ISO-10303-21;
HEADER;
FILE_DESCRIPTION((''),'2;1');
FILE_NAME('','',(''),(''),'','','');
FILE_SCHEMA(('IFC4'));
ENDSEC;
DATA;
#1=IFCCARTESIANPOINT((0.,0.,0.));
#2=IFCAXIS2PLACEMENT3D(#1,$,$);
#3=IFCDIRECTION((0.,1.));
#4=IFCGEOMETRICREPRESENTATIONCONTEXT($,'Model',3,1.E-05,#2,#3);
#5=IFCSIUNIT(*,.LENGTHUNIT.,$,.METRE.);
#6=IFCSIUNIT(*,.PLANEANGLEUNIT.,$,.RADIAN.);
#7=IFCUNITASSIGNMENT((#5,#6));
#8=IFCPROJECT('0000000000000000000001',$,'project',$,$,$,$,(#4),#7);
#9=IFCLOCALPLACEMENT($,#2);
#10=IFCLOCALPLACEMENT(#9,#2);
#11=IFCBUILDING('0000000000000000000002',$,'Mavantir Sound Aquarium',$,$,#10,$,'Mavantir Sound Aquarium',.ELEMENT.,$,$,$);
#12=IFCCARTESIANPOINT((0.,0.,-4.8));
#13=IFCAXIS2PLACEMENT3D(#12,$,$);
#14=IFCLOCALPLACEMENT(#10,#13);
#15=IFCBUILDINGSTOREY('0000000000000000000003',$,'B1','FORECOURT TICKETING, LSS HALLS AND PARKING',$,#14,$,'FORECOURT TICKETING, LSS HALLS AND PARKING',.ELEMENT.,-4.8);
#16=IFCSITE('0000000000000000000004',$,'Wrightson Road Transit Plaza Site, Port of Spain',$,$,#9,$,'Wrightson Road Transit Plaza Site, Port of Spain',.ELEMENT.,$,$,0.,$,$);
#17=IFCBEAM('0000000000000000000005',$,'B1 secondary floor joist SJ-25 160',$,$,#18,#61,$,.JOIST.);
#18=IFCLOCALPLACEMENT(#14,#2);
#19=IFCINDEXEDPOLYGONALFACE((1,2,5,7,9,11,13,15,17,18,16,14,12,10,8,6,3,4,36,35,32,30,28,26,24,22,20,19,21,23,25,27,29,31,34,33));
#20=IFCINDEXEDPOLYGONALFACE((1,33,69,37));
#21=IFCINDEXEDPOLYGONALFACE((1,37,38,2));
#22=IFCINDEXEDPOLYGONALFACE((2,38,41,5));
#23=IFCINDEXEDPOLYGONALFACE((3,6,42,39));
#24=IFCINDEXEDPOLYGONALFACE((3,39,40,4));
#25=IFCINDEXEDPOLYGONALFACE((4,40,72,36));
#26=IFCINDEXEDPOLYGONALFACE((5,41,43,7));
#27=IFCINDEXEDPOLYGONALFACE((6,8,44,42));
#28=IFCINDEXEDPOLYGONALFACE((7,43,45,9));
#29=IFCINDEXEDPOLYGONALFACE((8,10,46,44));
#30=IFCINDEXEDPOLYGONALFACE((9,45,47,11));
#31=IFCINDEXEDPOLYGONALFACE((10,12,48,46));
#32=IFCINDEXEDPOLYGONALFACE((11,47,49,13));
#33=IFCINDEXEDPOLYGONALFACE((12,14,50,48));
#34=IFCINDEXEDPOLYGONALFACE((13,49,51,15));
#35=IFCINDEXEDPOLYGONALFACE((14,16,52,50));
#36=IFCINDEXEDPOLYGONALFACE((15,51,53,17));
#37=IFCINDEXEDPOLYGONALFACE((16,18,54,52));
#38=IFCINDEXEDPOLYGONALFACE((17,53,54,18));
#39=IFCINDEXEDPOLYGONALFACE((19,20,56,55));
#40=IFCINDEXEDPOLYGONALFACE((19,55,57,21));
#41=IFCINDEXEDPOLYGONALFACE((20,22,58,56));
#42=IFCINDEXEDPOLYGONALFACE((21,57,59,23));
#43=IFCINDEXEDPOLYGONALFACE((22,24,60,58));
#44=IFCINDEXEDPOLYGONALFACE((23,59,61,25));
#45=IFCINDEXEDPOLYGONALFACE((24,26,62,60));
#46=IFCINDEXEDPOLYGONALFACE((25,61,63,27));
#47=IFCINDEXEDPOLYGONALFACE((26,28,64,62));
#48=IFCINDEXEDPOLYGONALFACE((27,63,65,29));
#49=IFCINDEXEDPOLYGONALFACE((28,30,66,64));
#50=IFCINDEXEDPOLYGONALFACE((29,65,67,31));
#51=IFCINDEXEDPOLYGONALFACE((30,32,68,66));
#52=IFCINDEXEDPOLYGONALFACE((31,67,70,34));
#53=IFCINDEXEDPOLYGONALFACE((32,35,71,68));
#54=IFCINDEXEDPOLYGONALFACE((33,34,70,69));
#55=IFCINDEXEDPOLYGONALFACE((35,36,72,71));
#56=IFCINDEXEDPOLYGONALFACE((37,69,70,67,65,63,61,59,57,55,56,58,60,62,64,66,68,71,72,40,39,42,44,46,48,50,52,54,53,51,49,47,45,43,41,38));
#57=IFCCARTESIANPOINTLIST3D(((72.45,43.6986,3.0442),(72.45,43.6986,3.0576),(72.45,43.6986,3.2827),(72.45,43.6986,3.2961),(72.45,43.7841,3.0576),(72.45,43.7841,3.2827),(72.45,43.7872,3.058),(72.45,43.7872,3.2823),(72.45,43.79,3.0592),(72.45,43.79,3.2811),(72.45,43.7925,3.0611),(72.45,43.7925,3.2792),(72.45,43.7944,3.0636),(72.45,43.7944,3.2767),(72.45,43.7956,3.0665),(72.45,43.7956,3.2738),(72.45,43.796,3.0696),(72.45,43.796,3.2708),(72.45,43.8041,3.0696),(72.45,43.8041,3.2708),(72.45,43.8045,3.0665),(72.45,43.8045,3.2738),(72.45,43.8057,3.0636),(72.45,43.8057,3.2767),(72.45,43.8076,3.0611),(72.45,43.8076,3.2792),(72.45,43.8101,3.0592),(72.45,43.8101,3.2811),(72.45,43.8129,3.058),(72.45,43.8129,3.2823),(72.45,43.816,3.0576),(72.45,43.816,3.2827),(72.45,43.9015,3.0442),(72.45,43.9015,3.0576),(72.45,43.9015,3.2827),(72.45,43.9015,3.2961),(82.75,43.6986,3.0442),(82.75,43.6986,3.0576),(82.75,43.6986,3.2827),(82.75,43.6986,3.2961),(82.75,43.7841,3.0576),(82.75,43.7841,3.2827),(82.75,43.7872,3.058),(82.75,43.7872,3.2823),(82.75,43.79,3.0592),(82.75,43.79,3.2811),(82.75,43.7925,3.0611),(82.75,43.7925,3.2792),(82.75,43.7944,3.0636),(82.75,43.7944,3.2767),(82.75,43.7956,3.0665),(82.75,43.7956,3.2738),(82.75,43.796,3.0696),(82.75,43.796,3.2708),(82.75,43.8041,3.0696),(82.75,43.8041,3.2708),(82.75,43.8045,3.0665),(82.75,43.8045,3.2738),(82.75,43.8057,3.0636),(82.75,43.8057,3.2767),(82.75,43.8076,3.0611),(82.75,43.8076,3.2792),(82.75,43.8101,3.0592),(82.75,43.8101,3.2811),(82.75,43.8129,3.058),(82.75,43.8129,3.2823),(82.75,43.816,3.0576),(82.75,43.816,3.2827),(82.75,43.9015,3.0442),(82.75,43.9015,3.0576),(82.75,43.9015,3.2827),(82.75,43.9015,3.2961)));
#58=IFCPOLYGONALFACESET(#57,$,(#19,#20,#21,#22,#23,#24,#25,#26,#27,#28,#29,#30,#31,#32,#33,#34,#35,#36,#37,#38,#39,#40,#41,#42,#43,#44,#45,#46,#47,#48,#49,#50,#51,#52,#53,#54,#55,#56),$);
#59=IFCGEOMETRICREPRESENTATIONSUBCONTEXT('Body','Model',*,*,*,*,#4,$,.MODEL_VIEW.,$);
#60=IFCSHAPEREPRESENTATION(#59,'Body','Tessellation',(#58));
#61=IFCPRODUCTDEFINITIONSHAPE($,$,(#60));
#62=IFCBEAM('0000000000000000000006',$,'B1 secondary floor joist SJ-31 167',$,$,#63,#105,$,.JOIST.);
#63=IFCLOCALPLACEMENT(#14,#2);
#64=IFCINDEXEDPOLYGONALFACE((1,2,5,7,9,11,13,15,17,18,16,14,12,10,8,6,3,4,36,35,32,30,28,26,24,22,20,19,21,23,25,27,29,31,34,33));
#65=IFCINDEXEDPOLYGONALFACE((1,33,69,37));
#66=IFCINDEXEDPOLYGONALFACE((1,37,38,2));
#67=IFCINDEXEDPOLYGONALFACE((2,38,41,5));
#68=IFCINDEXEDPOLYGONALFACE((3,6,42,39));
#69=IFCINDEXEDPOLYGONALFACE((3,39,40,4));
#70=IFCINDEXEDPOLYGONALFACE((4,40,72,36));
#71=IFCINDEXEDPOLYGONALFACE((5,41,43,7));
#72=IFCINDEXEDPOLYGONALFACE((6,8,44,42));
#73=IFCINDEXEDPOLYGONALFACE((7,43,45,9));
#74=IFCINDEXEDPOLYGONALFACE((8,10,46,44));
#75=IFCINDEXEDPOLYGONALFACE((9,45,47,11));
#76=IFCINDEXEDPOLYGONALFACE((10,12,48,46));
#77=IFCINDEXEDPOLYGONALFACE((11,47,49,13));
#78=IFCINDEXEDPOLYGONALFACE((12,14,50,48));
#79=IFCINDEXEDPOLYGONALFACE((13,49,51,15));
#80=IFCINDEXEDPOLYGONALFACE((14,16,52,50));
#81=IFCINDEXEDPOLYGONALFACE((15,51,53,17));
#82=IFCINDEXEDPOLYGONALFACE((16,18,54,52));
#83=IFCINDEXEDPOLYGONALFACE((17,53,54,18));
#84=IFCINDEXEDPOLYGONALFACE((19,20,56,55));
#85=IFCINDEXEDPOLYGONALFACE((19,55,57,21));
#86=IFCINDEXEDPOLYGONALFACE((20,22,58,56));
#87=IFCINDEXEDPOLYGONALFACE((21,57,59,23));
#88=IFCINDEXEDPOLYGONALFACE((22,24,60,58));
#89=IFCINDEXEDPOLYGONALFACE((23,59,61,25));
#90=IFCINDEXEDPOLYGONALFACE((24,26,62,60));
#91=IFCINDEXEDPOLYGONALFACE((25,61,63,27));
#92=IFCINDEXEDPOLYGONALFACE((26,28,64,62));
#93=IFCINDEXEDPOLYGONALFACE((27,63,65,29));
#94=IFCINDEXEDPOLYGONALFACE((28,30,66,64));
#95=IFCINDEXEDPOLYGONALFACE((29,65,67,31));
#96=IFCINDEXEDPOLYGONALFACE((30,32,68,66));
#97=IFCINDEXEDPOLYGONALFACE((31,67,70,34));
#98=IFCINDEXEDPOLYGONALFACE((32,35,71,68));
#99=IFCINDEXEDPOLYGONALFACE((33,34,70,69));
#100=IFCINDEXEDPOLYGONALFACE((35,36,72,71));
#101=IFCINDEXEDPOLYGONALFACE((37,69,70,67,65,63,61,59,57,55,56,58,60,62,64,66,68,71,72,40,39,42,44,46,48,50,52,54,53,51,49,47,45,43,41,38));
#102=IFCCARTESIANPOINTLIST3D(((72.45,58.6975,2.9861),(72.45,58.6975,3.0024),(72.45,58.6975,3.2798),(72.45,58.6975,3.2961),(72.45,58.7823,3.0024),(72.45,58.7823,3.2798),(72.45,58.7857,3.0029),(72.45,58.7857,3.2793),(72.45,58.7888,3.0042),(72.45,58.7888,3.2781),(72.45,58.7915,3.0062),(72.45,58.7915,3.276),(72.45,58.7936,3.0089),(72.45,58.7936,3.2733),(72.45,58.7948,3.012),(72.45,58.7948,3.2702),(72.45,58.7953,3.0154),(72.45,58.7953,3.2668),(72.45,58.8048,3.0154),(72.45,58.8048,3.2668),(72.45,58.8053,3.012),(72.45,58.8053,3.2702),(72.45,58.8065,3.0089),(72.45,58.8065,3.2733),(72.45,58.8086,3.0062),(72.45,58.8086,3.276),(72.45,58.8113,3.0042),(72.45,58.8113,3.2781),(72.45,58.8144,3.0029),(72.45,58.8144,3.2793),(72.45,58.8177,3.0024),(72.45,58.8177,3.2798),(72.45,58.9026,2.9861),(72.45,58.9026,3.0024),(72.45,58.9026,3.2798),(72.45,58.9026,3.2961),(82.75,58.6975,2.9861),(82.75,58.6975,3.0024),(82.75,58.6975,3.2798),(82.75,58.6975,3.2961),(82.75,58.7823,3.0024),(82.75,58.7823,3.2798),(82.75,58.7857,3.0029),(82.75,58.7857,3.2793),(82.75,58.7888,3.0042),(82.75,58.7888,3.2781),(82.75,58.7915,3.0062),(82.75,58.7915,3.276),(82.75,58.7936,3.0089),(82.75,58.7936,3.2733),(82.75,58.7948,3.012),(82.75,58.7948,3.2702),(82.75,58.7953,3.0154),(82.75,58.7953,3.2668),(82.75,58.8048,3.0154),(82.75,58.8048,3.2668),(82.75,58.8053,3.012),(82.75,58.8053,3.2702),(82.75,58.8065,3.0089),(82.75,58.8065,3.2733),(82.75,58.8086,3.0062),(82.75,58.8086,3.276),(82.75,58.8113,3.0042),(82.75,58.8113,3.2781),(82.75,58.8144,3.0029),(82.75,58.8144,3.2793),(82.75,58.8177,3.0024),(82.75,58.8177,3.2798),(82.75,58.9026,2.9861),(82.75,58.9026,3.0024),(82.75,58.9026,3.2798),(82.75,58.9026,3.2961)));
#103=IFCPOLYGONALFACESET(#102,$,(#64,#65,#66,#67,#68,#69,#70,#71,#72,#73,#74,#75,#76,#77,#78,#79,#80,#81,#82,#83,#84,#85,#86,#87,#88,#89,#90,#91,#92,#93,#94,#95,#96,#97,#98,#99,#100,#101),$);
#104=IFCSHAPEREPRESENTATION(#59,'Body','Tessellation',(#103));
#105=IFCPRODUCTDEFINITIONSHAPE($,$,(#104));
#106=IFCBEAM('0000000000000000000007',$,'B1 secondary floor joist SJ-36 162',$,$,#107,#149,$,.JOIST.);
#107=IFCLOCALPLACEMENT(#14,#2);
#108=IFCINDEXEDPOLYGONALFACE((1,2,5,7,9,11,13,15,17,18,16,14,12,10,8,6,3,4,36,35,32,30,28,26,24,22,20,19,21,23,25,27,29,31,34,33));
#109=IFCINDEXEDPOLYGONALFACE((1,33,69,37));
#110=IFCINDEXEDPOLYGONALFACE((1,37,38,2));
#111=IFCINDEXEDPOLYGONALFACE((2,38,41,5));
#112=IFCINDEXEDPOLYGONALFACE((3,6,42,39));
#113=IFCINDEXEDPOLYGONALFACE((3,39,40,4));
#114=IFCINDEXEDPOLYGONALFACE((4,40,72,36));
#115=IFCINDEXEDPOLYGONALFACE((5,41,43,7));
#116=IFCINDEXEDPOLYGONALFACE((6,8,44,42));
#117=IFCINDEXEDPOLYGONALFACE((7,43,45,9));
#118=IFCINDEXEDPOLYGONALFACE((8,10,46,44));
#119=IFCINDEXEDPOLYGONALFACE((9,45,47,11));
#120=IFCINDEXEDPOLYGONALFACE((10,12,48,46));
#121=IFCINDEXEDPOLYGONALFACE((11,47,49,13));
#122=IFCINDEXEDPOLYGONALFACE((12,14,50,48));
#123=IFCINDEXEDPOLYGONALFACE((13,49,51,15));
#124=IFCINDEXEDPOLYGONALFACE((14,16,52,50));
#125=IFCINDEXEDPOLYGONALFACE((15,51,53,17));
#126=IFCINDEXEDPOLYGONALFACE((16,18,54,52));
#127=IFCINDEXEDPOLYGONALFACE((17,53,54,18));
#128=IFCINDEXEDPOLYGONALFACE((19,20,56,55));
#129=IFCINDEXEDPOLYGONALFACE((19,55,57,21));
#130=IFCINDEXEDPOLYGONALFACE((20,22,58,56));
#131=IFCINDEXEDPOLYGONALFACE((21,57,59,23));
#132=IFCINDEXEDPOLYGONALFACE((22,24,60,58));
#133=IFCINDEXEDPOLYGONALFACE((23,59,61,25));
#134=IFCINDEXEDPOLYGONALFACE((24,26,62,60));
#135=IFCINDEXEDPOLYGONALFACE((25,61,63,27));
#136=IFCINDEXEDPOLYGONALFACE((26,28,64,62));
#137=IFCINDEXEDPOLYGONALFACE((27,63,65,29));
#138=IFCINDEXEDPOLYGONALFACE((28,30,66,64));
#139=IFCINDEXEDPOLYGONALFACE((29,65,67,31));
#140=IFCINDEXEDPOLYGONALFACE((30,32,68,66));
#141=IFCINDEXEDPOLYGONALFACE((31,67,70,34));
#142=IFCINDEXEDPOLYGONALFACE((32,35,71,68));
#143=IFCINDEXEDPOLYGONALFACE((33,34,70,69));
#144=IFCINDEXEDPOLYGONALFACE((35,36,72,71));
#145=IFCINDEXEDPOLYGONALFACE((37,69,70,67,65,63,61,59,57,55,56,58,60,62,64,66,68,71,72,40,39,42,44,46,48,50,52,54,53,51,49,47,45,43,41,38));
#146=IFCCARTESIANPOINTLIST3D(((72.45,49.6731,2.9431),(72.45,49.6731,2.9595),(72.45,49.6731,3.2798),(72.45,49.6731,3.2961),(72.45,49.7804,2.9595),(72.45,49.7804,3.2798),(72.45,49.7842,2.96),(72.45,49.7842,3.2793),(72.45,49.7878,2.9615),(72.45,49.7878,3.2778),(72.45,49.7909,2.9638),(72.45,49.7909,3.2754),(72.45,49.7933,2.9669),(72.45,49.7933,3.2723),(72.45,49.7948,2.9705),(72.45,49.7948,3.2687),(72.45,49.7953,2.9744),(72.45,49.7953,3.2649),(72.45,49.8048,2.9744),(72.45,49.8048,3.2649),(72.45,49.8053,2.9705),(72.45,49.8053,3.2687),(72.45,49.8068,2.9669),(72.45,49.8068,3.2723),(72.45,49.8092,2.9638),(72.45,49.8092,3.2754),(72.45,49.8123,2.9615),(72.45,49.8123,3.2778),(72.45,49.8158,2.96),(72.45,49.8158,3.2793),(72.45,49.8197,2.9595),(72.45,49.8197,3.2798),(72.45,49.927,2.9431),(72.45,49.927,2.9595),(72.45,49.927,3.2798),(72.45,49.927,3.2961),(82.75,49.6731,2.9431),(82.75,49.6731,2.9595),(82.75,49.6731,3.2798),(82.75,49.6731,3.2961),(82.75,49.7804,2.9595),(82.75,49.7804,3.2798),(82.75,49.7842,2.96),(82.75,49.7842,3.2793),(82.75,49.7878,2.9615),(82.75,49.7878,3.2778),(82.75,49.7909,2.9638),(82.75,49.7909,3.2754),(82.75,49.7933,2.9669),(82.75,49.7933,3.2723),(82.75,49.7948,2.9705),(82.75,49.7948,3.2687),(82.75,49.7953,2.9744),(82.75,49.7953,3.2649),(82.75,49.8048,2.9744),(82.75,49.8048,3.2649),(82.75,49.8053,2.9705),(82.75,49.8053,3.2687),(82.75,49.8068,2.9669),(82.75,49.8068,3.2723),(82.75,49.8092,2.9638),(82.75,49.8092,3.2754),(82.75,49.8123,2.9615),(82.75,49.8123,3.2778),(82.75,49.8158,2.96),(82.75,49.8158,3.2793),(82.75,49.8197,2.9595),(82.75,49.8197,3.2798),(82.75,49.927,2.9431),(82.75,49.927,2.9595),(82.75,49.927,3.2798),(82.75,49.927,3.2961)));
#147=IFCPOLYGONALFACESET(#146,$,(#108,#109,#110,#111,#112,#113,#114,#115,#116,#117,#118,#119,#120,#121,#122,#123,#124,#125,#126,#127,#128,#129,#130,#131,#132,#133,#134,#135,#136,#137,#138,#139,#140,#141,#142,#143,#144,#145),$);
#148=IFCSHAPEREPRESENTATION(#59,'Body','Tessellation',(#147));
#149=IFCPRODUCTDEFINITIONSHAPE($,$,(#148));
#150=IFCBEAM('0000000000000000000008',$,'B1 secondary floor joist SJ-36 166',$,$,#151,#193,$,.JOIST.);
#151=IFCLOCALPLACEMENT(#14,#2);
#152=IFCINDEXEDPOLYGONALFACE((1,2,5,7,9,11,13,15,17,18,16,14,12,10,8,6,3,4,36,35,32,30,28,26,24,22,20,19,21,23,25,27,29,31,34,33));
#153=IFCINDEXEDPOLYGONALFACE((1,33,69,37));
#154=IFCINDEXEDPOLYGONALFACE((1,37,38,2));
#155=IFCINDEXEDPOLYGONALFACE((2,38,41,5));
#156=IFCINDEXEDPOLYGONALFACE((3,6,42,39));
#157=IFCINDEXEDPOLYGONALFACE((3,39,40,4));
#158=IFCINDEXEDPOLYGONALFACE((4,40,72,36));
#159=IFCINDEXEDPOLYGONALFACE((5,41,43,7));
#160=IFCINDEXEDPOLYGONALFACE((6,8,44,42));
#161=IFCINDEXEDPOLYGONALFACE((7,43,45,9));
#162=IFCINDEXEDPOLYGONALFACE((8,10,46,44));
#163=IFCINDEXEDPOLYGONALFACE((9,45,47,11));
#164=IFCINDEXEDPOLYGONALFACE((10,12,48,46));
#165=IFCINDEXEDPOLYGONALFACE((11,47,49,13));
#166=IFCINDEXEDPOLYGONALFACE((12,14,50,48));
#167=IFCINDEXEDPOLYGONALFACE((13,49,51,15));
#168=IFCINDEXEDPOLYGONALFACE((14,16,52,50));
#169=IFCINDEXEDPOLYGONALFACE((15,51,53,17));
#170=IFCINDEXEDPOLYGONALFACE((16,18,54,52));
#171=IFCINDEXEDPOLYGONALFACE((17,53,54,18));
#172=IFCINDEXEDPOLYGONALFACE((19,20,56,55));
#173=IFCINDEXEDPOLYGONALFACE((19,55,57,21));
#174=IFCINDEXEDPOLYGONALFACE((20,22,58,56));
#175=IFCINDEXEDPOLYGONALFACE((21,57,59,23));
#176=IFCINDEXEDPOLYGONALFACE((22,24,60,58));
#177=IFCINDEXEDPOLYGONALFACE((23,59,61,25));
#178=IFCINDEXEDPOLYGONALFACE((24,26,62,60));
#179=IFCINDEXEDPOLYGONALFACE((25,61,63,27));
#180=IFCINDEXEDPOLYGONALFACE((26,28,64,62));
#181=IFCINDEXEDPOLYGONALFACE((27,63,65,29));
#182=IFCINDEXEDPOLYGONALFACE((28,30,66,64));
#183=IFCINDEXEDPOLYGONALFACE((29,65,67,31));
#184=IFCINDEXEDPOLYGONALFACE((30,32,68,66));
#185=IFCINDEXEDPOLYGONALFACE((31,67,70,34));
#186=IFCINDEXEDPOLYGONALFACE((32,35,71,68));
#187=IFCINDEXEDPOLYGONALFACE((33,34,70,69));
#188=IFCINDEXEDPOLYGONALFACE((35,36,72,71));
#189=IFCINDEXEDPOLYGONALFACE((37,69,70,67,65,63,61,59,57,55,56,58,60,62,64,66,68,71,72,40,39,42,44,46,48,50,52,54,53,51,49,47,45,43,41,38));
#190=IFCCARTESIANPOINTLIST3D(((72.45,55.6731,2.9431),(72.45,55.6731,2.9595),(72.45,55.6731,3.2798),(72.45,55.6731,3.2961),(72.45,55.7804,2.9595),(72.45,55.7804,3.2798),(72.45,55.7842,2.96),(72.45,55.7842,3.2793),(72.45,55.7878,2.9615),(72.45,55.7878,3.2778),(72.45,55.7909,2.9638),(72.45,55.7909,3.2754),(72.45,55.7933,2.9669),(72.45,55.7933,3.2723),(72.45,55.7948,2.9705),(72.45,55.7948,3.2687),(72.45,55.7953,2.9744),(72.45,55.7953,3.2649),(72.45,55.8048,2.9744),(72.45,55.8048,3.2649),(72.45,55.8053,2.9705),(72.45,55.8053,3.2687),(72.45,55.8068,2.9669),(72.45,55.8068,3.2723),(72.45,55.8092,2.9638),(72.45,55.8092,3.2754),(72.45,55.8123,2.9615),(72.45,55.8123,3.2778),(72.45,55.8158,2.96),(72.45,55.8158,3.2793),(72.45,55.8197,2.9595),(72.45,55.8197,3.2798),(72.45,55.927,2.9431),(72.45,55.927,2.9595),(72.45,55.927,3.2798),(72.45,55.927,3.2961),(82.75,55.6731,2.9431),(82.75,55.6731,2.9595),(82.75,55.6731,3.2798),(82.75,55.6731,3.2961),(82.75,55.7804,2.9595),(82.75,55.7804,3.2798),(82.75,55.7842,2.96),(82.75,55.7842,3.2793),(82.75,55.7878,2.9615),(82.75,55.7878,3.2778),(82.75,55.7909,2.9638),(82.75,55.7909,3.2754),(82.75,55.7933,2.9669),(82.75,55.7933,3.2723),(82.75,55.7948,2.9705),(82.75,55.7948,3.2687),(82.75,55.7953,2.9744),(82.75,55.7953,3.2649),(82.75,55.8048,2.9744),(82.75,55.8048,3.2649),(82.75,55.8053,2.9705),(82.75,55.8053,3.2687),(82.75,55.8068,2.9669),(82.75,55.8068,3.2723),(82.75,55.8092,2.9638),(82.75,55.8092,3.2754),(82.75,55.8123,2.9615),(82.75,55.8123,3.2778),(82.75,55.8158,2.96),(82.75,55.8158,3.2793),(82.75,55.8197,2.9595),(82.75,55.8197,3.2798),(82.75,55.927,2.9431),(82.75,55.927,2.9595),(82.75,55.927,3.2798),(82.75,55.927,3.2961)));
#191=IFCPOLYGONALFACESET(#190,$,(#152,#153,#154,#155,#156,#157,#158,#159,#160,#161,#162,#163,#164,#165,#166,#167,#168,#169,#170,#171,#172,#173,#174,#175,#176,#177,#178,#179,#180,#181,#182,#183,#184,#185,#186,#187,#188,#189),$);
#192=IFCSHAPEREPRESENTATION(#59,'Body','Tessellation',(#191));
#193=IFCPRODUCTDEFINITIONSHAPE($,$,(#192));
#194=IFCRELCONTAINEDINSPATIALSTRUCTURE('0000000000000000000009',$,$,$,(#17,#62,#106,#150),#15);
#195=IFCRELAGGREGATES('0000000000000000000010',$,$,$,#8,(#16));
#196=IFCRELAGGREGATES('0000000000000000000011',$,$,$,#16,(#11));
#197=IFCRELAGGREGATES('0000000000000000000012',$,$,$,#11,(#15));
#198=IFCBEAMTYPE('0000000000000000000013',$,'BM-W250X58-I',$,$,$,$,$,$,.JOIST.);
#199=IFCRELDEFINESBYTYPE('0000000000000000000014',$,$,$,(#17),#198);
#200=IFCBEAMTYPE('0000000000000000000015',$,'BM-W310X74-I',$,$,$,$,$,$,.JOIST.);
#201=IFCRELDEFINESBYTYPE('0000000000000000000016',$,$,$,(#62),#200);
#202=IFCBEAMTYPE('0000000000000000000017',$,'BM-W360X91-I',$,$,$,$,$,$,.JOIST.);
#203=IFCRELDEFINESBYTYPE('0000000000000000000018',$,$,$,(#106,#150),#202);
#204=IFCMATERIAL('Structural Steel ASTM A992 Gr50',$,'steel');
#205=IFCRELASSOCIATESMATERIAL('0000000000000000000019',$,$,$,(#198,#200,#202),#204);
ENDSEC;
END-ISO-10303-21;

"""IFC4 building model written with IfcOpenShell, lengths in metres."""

from ifc_helpers import new_model, si_unit, direction, frame, origin, origin_2d, place, context, subcontext, project, spatial, i_section, extrude, material, material_profile, profile_set, type_object, element, save


model = new_model("IFC4")

# Units and contexts
model_context = context("Model", 3, precision=1e-05, world=origin(), true_north=direction((0.0, 1.0)))
body_context = subcontext(model_context, "Body", "Model", "MODEL_VIEW")
ifc_project = project(units=[si_unit("LENGTHUNIT", "METRE"), si_unit("PLANEANGLEUNIT", "RADIAN")], contexts=[model_context])

# Site, building, storey
site_placement = place(None, origin())
site = spatial("IfcSite", under=ifc_project, at=site_placement, Name="Wrightson Road Transit Plaza Site, Port of Spain", LongName="Wrightson Road Transit Plaza Site, Port of Spain", CompositionType="ELEMENT", RefElevation=0.0)
building_placement = place(site_placement, origin())
building = spatial("IfcBuilding", under=site, at=building_placement, Name="Mavantir Sound Aquarium", LongName="Mavantir Sound Aquarium", CompositionType="ELEMENT")
storey_placement = place(building_placement, frame((0.0, 0.0, -4.8)))
storey = spatial("IfcBuildingStorey", under=building, at=storey_placement, Name="B1", Description="FORECOURT TICKETING, LSS HALLS AND PARKING", LongName="FORECOURT TICKETING, LSS HALLS AND PARKING", CompositionType="ELEMENT", Elevation=-4.8)

# Beams
ifc_material_1 = material(Name="Structural Steel ASTM A992 Gr50", Category="steel")
ifc_material_profile_1 = material_profile(ifc_material_1, i_section(OverallWidth=0.2029, OverallDepth=0.252, WebThickness=0.0081, FlangeThickness=0.0134, FilletRadius=0.012, at=origin_2d()), Name="W250X58")
ifc_profile_set_1 = profile_set([ifc_material_profile_1], Name="Structural Steel ASTM A992 Gr50")
beam_type_1 = type_object("IfcBeamType", Name="BM-W250X58-I", PredefinedType="JOIST", material=ifc_profile_set_1)
beam_1_placement = place(storey_placement, frame((72.45, 43.8, 3.1702), z_axis=(1.0, 0.0, 0.0), x_axis=(0.0, 1.0, 0.0)))
element("IfcBeam", 1, at=beam_1_placement, inside=storey, type_object=beam_type_1, Name="B1 secondary floor joist SJ-25 160", PredefinedType="JOIST", context=body_context, shape_type="SweptSolid", body=[
    extrude(i_section(OverallWidth=0.2029, OverallDepth=0.252, WebThickness=0.0081, FlangeThickness=0.0134, FilletRadius=0.012, at=origin_2d()), origin(), (0.0, 0.0, 1.0), 10.3),
])
ifc_material_profile_2 = material_profile(ifc_material_1, i_section(OverallWidth=0.2051, OverallDepth=0.3101, WebThickness=0.0095, FlangeThickness=0.0164, FilletRadius=0.0129, at=origin_2d()), Name="W310X74")
ifc_profile_set_2 = profile_set([ifc_material_profile_2], Name="Structural Steel ASTM A992 Gr50")
beam_type_2 = type_object("IfcBeamType", Name="BM-W310X74-I", PredefinedType="JOIST", material=ifc_profile_set_2)
beam_2_placement = place(storey_placement, frame((72.45, 58.8, 3.1411), z_axis=(1.0, 0.0, 0.0), x_axis=(0.0, 1.0, 0.0)))
element("IfcBeam", 2, at=beam_2_placement, inside=storey, type_object=beam_type_2, Name="B1 secondary floor joist SJ-31 167", PredefinedType="JOIST", context=body_context, shape_type="SweptSolid", body=[
    extrude(i_section(OverallWidth=0.2051, OverallDepth=0.3101, WebThickness=0.0095, FlangeThickness=0.0164, FilletRadius=0.0129, at=origin_2d()), origin(), (0.0, 0.0, 1.0), 10.3),
])
ifc_material_profile_3 = material_profile(ifc_material_1, i_section(OverallWidth=0.2539, OverallDepth=0.353, WebThickness=0.0095, FlangeThickness=0.0164, FilletRadius=0.0149, at=origin_2d()), Name="W360X91")
ifc_profile_set_3 = profile_set([ifc_material_profile_3], Name="Structural Steel ASTM A992 Gr50")
beam_type_3 = type_object("IfcBeamType", Name="BM-W360X91-I", PredefinedType="JOIST", material=ifc_profile_set_3)
for number, where, z_axis, x_axis, name in (
    (3, (72.45, 49.8, 3.1196), (1.0, 0.0, 0.0), (0.0, 1.0, 0.0), "B1 secondary floor joist SJ-36 162"),
    (4, (72.45, 55.8, 3.1196), (1.0, 0.0, 0.0), (0.0, 1.0, 0.0), "B1 secondary floor joist SJ-36 166"),
):
    element("IfcBeam", number, at=place(storey_placement, frame(where, z_axis=z_axis, x_axis=x_axis)), inside=storey, type_object=beam_type_3, Name=name, PredefinedType="JOIST", context=body_context, shape_type="SweptSolid", body=[
        extrude(i_section(OverallWidth=0.2539, OverallDepth=0.353, WebThickness=0.0095, FlangeThickness=0.0164, FilletRadius=0.0149, at=origin_2d()), origin(), (0.0, 0.0, 1.0), 10.3),
    ])

save(model, "model.ifc")
